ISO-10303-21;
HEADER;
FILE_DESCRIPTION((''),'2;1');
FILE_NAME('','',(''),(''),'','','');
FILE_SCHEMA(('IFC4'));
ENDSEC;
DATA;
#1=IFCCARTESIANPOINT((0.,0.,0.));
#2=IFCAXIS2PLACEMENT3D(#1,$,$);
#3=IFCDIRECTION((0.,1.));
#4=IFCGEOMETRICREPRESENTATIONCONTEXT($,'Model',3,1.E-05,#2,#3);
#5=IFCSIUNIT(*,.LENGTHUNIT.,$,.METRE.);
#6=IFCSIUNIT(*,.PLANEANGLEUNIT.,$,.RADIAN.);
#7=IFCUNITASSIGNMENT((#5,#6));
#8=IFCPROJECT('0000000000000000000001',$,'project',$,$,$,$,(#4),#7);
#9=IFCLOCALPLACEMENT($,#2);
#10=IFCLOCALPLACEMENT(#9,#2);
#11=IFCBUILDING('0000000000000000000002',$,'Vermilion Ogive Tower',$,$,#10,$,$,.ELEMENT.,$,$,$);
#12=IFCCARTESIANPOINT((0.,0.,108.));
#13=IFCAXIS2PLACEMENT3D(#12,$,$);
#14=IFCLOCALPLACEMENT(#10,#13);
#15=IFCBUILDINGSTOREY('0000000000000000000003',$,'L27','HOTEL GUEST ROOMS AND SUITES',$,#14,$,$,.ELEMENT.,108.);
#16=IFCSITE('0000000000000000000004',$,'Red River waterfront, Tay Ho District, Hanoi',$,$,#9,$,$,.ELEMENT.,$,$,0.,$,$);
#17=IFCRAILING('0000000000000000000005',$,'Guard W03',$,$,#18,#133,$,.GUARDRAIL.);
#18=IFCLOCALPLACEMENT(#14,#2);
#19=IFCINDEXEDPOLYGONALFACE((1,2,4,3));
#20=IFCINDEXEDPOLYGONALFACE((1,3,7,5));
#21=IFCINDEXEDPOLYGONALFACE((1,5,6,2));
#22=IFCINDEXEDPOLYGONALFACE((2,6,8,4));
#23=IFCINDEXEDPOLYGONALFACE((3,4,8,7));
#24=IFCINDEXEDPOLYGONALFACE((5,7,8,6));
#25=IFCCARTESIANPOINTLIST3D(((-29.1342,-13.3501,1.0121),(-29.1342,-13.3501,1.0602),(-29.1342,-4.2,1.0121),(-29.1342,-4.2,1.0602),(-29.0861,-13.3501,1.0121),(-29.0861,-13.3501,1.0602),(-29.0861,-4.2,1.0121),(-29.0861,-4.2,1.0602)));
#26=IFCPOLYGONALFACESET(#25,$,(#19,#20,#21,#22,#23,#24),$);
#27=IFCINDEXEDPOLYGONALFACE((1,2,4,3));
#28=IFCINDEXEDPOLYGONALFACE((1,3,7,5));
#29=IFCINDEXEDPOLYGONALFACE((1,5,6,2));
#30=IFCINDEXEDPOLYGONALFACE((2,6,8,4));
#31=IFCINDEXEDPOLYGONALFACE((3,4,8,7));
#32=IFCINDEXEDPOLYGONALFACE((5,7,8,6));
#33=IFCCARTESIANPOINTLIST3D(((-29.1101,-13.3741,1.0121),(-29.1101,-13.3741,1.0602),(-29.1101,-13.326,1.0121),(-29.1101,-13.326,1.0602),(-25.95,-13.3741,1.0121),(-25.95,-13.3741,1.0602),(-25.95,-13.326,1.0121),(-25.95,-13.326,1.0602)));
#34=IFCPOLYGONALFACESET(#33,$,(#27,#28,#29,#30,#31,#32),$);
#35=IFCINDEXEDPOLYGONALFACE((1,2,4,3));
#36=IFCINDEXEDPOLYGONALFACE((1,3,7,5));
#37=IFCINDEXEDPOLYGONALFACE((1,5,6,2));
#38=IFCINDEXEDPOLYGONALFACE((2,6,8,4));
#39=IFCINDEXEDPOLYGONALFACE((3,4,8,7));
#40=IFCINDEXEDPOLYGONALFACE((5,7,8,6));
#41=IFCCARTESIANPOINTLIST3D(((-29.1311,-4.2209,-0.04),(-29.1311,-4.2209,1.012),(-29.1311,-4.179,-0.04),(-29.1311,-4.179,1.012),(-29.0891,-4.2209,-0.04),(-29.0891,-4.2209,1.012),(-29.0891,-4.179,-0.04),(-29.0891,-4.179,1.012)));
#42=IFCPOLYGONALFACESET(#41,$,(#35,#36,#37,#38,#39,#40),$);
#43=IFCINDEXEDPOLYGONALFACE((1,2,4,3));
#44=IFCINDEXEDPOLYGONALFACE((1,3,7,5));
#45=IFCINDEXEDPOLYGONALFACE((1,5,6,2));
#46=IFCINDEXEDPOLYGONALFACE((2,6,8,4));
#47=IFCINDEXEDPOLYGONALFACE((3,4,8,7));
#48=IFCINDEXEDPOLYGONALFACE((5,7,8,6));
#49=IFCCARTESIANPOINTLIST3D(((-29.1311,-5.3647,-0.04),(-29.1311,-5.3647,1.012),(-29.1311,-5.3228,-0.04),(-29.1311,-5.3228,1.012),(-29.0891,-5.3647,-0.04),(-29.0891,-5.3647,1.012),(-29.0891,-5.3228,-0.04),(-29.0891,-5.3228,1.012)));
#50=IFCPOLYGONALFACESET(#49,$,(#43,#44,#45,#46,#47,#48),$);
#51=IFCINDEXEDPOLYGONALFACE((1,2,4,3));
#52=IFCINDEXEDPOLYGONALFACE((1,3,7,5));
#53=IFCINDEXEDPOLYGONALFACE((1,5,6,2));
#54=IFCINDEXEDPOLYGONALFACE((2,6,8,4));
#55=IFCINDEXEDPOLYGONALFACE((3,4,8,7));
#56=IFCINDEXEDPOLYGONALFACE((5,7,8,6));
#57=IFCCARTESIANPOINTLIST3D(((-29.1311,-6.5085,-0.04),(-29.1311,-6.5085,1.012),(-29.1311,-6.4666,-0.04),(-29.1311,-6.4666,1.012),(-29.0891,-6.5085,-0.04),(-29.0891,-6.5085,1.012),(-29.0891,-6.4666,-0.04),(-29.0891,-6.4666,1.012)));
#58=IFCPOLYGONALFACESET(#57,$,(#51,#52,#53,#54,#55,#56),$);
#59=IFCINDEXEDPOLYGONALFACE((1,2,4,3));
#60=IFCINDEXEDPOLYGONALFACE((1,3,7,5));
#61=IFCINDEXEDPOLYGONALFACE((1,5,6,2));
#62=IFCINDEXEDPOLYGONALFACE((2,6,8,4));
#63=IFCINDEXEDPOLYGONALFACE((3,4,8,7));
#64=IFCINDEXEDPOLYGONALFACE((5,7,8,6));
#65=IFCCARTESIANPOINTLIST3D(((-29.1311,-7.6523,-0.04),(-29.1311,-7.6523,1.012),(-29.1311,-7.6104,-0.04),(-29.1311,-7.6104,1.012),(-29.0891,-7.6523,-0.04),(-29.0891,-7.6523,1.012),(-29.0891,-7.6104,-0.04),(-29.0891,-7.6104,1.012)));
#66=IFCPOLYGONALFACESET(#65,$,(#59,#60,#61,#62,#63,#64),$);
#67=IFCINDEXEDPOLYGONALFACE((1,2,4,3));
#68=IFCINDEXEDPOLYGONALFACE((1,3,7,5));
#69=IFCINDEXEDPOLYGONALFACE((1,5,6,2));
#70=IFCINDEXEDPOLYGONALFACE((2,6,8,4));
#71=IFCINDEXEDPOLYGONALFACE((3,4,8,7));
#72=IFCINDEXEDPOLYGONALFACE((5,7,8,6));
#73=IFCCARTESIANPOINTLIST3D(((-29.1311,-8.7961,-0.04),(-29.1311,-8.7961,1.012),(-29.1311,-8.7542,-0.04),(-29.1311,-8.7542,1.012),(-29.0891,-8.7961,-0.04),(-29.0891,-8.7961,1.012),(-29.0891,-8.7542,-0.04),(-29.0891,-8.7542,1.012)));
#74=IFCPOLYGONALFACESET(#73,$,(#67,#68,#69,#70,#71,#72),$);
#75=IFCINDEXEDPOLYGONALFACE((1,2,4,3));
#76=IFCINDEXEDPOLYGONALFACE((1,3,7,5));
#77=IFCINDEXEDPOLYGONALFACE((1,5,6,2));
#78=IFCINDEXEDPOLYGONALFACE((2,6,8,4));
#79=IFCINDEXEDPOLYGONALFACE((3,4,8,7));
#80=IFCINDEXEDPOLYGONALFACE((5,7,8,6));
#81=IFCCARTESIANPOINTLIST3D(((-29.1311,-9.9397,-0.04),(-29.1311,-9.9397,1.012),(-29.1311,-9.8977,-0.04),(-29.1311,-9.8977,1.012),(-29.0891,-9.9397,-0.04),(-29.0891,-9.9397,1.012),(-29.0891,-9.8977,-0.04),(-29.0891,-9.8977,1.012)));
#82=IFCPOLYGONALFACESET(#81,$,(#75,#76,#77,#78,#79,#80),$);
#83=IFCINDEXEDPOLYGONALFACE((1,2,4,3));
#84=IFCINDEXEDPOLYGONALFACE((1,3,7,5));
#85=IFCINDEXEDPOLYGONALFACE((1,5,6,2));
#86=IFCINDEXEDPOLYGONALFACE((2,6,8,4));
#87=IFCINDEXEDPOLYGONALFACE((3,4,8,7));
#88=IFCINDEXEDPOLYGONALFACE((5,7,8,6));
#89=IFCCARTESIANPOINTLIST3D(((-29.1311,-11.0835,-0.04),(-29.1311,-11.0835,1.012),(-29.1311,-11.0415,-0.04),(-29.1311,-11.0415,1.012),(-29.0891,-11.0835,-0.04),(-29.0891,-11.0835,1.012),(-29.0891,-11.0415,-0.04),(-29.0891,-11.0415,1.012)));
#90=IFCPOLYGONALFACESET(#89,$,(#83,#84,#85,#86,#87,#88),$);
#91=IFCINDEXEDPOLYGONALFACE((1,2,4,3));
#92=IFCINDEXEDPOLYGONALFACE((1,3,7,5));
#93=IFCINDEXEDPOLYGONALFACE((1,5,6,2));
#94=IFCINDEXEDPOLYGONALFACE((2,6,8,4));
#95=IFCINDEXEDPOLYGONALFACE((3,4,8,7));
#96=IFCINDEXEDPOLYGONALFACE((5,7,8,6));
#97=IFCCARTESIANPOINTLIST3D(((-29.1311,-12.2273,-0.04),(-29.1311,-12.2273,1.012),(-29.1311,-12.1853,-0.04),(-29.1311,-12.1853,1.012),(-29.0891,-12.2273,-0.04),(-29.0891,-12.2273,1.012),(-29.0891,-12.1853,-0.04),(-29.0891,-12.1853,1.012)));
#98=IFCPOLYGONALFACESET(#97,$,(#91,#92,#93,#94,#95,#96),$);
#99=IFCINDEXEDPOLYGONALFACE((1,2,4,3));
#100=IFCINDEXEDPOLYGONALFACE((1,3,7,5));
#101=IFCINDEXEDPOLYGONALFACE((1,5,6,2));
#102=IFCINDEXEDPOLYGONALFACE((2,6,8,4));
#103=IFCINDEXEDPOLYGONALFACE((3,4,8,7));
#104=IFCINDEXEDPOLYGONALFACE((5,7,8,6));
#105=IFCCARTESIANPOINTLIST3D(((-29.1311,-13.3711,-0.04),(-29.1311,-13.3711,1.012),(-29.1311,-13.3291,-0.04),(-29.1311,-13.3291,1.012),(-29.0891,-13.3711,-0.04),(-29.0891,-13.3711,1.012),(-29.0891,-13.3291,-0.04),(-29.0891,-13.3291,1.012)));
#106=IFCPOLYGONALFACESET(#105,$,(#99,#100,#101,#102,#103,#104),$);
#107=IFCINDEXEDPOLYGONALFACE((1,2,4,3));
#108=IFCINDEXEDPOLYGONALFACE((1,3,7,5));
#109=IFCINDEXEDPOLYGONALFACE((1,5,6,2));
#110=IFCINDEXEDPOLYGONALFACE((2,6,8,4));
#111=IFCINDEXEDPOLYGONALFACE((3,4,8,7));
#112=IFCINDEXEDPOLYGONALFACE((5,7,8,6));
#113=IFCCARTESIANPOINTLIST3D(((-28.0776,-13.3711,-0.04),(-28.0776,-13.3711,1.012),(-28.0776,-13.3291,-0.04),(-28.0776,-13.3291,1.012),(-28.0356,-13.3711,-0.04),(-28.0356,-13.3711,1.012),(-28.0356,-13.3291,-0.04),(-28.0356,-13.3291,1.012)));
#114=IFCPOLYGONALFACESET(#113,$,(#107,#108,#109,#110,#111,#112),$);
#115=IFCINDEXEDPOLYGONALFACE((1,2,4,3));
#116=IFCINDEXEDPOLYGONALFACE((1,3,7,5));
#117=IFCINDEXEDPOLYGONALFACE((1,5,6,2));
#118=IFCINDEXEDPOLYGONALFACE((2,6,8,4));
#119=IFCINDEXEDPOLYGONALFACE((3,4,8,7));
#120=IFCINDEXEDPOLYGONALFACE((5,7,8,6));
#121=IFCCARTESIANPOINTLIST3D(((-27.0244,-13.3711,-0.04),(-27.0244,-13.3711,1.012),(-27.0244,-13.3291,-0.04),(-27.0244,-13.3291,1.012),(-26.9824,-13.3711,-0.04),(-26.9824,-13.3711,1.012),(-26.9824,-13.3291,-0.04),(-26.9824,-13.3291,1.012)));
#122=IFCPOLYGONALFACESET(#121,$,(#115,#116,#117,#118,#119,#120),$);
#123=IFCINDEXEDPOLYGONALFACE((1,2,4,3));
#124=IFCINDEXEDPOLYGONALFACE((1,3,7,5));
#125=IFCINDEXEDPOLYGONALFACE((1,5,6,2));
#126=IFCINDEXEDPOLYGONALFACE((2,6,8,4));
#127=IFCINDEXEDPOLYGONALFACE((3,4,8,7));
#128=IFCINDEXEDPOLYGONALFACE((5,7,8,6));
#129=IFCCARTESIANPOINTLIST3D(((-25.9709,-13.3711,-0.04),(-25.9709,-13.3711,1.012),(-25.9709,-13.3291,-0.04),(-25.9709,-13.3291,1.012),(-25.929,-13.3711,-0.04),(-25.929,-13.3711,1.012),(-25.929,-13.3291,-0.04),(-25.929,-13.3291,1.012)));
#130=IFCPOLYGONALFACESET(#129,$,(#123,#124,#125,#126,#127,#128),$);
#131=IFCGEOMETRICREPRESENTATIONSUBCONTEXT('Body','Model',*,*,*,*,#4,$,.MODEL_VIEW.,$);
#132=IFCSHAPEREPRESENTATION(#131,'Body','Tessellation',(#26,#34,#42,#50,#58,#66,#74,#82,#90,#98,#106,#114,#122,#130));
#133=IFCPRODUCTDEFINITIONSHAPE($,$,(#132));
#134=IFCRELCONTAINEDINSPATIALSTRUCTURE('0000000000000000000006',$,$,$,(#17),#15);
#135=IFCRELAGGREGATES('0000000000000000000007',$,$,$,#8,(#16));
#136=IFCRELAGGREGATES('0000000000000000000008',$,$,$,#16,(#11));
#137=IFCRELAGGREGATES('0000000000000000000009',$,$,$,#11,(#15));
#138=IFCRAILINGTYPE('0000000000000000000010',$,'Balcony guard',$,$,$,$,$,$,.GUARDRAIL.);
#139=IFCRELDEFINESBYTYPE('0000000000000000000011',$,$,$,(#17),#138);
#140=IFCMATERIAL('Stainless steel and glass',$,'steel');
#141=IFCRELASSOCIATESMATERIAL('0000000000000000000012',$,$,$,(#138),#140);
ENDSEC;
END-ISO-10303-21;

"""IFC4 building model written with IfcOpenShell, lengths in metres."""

from ifc_helpers import new_model, si_unit, direction, frame, origin, origin_2d, place, context, subcontext, project, spatial, rectangle, extrude, material, type_object, element, save


model = new_model("IFC4")

# Units and contexts
model_context = context("Model", 3, precision=1e-05, world=origin(), true_north=direction((0.0, 1.0)))
body_context = subcontext(model_context, "Body", "Model", "MODEL_VIEW")
ifc_project = project(units=[si_unit("LENGTHUNIT", "METRE"), si_unit("PLANEANGLEUNIT", "RADIAN")], contexts=[model_context])

# Site, building, storey
site_placement = place(None, origin())
site = spatial("IfcSite", under=ifc_project, at=site_placement, Name="Red River waterfront, Tay Ho District, Hanoi", CompositionType="ELEMENT", RefElevation=0.0)
building_placement = place(site_placement, origin())
building = spatial("IfcBuilding", under=site, at=building_placement, Name="Vermilion Ogive Tower", CompositionType="ELEMENT")
storey_placement = place(building_placement, frame((0.0, 0.0, 108.0)))
storey = spatial("IfcBuildingStorey", under=building, at=storey_placement, Name="L27", Description="HOTEL GUEST ROOMS AND SUITES", CompositionType="ELEMENT", Elevation=108.0)

# Railing
ifc_material_1 = material(Name="Stainless steel and glass", Category="steel")
railing_type = type_object("IfcRailingType", Name="Balcony guard", PredefinedType="GUARDRAIL", material=ifc_material_1)
railing_placement = place(storey_placement, frame((-29.1101, -4.2, -0.04)))
element("IfcRailing", 1, at=railing_placement, inside=storey, type_object=railing_type, Name="Guard W03", PredefinedType="GUARDRAIL", context=body_context, shape_type="SweptSolid", body=[
    extrude(rectangle(XDim=0.0481, YDim=0.0481, at=origin_2d()), frame((0.0, 0.0, 1.0762), z_axis=(0.0, -1.0, 0.0), x_axis=(1.0, 0.0, 0.0)), (0.0, 0.0, 1.0), 9.1501),
    extrude(rectangle(XDim=0.0481, YDim=0.0481, at=origin_2d()), frame((0.0, -9.1501, 1.0762), z_axis=(1.0, 0.0, 0.0), x_axis=(0.0, 1.0, 0.0)), (0.0, 0.0, 1.0), 3.1602),
    extrude(rectangle(XDim=0.042, YDim=0.042, at=origin_2d()), origin(), (0.0, 0.0, 1.0), 1.052),
    extrude(rectangle(XDim=0.042, YDim=0.042, at=origin_2d()), frame((0.0, -1.1438, 0.0)), (0.0, 0.0, 1.0), 1.052),
    extrude(rectangle(XDim=0.042, YDim=0.042, at=origin_2d()), frame((0.0, -2.2876, 0.0)), (0.0, 0.0, 1.0), 1.052),
    extrude(rectangle(XDim=0.042, YDim=0.042, at=origin_2d()), frame((0.0, -3.4314, 0.0)), (0.0, 0.0, 1.0), 1.052),
    extrude(rectangle(XDim=0.042, YDim=0.042, at=origin_2d()), frame((0.0, -4.5752, 0.0)), (0.0, 0.0, 1.0), 1.052),
    extrude(rectangle(XDim=0.042, YDim=0.042, at=origin_2d()), frame((0.0, -5.7188, 0.0)), (0.0, 0.0, 1.0), 1.052),
    extrude(rectangle(XDim=0.042, YDim=0.042, at=origin_2d()), frame((0.0, -6.8625, 0.0)), (0.0, 0.0, 1.0), 1.052),
    extrude(rectangle(XDim=0.042, YDim=0.042, at=origin_2d()), frame((0.0, -8.0063, 0.0)), (0.0, 0.0, 1.0), 1.052),
    extrude(rectangle(XDim=0.042, YDim=0.042, at=origin_2d()), frame((0.0, -9.1501, 0.0)), (0.0, 0.0, 1.0), 1.052),
    extrude(rectangle(XDim=0.042, YDim=0.042, at=origin_2d()), frame((1.0535, -9.1501, 0.0)), (0.0, 0.0, 1.0), 1.052),
    extrude(rectangle(XDim=0.042, YDim=0.042, at=origin_2d()), frame((2.1067, -9.1501, 0.0)), (0.0, 0.0, 1.0), 1.052),
    extrude(rectangle(XDim=0.042, YDim=0.042, at=origin_2d()), frame((3.1602, -9.1501, 0.0)), (0.0, 0.0, 1.0), 1.052),
])

save(model, "model.ifc")
